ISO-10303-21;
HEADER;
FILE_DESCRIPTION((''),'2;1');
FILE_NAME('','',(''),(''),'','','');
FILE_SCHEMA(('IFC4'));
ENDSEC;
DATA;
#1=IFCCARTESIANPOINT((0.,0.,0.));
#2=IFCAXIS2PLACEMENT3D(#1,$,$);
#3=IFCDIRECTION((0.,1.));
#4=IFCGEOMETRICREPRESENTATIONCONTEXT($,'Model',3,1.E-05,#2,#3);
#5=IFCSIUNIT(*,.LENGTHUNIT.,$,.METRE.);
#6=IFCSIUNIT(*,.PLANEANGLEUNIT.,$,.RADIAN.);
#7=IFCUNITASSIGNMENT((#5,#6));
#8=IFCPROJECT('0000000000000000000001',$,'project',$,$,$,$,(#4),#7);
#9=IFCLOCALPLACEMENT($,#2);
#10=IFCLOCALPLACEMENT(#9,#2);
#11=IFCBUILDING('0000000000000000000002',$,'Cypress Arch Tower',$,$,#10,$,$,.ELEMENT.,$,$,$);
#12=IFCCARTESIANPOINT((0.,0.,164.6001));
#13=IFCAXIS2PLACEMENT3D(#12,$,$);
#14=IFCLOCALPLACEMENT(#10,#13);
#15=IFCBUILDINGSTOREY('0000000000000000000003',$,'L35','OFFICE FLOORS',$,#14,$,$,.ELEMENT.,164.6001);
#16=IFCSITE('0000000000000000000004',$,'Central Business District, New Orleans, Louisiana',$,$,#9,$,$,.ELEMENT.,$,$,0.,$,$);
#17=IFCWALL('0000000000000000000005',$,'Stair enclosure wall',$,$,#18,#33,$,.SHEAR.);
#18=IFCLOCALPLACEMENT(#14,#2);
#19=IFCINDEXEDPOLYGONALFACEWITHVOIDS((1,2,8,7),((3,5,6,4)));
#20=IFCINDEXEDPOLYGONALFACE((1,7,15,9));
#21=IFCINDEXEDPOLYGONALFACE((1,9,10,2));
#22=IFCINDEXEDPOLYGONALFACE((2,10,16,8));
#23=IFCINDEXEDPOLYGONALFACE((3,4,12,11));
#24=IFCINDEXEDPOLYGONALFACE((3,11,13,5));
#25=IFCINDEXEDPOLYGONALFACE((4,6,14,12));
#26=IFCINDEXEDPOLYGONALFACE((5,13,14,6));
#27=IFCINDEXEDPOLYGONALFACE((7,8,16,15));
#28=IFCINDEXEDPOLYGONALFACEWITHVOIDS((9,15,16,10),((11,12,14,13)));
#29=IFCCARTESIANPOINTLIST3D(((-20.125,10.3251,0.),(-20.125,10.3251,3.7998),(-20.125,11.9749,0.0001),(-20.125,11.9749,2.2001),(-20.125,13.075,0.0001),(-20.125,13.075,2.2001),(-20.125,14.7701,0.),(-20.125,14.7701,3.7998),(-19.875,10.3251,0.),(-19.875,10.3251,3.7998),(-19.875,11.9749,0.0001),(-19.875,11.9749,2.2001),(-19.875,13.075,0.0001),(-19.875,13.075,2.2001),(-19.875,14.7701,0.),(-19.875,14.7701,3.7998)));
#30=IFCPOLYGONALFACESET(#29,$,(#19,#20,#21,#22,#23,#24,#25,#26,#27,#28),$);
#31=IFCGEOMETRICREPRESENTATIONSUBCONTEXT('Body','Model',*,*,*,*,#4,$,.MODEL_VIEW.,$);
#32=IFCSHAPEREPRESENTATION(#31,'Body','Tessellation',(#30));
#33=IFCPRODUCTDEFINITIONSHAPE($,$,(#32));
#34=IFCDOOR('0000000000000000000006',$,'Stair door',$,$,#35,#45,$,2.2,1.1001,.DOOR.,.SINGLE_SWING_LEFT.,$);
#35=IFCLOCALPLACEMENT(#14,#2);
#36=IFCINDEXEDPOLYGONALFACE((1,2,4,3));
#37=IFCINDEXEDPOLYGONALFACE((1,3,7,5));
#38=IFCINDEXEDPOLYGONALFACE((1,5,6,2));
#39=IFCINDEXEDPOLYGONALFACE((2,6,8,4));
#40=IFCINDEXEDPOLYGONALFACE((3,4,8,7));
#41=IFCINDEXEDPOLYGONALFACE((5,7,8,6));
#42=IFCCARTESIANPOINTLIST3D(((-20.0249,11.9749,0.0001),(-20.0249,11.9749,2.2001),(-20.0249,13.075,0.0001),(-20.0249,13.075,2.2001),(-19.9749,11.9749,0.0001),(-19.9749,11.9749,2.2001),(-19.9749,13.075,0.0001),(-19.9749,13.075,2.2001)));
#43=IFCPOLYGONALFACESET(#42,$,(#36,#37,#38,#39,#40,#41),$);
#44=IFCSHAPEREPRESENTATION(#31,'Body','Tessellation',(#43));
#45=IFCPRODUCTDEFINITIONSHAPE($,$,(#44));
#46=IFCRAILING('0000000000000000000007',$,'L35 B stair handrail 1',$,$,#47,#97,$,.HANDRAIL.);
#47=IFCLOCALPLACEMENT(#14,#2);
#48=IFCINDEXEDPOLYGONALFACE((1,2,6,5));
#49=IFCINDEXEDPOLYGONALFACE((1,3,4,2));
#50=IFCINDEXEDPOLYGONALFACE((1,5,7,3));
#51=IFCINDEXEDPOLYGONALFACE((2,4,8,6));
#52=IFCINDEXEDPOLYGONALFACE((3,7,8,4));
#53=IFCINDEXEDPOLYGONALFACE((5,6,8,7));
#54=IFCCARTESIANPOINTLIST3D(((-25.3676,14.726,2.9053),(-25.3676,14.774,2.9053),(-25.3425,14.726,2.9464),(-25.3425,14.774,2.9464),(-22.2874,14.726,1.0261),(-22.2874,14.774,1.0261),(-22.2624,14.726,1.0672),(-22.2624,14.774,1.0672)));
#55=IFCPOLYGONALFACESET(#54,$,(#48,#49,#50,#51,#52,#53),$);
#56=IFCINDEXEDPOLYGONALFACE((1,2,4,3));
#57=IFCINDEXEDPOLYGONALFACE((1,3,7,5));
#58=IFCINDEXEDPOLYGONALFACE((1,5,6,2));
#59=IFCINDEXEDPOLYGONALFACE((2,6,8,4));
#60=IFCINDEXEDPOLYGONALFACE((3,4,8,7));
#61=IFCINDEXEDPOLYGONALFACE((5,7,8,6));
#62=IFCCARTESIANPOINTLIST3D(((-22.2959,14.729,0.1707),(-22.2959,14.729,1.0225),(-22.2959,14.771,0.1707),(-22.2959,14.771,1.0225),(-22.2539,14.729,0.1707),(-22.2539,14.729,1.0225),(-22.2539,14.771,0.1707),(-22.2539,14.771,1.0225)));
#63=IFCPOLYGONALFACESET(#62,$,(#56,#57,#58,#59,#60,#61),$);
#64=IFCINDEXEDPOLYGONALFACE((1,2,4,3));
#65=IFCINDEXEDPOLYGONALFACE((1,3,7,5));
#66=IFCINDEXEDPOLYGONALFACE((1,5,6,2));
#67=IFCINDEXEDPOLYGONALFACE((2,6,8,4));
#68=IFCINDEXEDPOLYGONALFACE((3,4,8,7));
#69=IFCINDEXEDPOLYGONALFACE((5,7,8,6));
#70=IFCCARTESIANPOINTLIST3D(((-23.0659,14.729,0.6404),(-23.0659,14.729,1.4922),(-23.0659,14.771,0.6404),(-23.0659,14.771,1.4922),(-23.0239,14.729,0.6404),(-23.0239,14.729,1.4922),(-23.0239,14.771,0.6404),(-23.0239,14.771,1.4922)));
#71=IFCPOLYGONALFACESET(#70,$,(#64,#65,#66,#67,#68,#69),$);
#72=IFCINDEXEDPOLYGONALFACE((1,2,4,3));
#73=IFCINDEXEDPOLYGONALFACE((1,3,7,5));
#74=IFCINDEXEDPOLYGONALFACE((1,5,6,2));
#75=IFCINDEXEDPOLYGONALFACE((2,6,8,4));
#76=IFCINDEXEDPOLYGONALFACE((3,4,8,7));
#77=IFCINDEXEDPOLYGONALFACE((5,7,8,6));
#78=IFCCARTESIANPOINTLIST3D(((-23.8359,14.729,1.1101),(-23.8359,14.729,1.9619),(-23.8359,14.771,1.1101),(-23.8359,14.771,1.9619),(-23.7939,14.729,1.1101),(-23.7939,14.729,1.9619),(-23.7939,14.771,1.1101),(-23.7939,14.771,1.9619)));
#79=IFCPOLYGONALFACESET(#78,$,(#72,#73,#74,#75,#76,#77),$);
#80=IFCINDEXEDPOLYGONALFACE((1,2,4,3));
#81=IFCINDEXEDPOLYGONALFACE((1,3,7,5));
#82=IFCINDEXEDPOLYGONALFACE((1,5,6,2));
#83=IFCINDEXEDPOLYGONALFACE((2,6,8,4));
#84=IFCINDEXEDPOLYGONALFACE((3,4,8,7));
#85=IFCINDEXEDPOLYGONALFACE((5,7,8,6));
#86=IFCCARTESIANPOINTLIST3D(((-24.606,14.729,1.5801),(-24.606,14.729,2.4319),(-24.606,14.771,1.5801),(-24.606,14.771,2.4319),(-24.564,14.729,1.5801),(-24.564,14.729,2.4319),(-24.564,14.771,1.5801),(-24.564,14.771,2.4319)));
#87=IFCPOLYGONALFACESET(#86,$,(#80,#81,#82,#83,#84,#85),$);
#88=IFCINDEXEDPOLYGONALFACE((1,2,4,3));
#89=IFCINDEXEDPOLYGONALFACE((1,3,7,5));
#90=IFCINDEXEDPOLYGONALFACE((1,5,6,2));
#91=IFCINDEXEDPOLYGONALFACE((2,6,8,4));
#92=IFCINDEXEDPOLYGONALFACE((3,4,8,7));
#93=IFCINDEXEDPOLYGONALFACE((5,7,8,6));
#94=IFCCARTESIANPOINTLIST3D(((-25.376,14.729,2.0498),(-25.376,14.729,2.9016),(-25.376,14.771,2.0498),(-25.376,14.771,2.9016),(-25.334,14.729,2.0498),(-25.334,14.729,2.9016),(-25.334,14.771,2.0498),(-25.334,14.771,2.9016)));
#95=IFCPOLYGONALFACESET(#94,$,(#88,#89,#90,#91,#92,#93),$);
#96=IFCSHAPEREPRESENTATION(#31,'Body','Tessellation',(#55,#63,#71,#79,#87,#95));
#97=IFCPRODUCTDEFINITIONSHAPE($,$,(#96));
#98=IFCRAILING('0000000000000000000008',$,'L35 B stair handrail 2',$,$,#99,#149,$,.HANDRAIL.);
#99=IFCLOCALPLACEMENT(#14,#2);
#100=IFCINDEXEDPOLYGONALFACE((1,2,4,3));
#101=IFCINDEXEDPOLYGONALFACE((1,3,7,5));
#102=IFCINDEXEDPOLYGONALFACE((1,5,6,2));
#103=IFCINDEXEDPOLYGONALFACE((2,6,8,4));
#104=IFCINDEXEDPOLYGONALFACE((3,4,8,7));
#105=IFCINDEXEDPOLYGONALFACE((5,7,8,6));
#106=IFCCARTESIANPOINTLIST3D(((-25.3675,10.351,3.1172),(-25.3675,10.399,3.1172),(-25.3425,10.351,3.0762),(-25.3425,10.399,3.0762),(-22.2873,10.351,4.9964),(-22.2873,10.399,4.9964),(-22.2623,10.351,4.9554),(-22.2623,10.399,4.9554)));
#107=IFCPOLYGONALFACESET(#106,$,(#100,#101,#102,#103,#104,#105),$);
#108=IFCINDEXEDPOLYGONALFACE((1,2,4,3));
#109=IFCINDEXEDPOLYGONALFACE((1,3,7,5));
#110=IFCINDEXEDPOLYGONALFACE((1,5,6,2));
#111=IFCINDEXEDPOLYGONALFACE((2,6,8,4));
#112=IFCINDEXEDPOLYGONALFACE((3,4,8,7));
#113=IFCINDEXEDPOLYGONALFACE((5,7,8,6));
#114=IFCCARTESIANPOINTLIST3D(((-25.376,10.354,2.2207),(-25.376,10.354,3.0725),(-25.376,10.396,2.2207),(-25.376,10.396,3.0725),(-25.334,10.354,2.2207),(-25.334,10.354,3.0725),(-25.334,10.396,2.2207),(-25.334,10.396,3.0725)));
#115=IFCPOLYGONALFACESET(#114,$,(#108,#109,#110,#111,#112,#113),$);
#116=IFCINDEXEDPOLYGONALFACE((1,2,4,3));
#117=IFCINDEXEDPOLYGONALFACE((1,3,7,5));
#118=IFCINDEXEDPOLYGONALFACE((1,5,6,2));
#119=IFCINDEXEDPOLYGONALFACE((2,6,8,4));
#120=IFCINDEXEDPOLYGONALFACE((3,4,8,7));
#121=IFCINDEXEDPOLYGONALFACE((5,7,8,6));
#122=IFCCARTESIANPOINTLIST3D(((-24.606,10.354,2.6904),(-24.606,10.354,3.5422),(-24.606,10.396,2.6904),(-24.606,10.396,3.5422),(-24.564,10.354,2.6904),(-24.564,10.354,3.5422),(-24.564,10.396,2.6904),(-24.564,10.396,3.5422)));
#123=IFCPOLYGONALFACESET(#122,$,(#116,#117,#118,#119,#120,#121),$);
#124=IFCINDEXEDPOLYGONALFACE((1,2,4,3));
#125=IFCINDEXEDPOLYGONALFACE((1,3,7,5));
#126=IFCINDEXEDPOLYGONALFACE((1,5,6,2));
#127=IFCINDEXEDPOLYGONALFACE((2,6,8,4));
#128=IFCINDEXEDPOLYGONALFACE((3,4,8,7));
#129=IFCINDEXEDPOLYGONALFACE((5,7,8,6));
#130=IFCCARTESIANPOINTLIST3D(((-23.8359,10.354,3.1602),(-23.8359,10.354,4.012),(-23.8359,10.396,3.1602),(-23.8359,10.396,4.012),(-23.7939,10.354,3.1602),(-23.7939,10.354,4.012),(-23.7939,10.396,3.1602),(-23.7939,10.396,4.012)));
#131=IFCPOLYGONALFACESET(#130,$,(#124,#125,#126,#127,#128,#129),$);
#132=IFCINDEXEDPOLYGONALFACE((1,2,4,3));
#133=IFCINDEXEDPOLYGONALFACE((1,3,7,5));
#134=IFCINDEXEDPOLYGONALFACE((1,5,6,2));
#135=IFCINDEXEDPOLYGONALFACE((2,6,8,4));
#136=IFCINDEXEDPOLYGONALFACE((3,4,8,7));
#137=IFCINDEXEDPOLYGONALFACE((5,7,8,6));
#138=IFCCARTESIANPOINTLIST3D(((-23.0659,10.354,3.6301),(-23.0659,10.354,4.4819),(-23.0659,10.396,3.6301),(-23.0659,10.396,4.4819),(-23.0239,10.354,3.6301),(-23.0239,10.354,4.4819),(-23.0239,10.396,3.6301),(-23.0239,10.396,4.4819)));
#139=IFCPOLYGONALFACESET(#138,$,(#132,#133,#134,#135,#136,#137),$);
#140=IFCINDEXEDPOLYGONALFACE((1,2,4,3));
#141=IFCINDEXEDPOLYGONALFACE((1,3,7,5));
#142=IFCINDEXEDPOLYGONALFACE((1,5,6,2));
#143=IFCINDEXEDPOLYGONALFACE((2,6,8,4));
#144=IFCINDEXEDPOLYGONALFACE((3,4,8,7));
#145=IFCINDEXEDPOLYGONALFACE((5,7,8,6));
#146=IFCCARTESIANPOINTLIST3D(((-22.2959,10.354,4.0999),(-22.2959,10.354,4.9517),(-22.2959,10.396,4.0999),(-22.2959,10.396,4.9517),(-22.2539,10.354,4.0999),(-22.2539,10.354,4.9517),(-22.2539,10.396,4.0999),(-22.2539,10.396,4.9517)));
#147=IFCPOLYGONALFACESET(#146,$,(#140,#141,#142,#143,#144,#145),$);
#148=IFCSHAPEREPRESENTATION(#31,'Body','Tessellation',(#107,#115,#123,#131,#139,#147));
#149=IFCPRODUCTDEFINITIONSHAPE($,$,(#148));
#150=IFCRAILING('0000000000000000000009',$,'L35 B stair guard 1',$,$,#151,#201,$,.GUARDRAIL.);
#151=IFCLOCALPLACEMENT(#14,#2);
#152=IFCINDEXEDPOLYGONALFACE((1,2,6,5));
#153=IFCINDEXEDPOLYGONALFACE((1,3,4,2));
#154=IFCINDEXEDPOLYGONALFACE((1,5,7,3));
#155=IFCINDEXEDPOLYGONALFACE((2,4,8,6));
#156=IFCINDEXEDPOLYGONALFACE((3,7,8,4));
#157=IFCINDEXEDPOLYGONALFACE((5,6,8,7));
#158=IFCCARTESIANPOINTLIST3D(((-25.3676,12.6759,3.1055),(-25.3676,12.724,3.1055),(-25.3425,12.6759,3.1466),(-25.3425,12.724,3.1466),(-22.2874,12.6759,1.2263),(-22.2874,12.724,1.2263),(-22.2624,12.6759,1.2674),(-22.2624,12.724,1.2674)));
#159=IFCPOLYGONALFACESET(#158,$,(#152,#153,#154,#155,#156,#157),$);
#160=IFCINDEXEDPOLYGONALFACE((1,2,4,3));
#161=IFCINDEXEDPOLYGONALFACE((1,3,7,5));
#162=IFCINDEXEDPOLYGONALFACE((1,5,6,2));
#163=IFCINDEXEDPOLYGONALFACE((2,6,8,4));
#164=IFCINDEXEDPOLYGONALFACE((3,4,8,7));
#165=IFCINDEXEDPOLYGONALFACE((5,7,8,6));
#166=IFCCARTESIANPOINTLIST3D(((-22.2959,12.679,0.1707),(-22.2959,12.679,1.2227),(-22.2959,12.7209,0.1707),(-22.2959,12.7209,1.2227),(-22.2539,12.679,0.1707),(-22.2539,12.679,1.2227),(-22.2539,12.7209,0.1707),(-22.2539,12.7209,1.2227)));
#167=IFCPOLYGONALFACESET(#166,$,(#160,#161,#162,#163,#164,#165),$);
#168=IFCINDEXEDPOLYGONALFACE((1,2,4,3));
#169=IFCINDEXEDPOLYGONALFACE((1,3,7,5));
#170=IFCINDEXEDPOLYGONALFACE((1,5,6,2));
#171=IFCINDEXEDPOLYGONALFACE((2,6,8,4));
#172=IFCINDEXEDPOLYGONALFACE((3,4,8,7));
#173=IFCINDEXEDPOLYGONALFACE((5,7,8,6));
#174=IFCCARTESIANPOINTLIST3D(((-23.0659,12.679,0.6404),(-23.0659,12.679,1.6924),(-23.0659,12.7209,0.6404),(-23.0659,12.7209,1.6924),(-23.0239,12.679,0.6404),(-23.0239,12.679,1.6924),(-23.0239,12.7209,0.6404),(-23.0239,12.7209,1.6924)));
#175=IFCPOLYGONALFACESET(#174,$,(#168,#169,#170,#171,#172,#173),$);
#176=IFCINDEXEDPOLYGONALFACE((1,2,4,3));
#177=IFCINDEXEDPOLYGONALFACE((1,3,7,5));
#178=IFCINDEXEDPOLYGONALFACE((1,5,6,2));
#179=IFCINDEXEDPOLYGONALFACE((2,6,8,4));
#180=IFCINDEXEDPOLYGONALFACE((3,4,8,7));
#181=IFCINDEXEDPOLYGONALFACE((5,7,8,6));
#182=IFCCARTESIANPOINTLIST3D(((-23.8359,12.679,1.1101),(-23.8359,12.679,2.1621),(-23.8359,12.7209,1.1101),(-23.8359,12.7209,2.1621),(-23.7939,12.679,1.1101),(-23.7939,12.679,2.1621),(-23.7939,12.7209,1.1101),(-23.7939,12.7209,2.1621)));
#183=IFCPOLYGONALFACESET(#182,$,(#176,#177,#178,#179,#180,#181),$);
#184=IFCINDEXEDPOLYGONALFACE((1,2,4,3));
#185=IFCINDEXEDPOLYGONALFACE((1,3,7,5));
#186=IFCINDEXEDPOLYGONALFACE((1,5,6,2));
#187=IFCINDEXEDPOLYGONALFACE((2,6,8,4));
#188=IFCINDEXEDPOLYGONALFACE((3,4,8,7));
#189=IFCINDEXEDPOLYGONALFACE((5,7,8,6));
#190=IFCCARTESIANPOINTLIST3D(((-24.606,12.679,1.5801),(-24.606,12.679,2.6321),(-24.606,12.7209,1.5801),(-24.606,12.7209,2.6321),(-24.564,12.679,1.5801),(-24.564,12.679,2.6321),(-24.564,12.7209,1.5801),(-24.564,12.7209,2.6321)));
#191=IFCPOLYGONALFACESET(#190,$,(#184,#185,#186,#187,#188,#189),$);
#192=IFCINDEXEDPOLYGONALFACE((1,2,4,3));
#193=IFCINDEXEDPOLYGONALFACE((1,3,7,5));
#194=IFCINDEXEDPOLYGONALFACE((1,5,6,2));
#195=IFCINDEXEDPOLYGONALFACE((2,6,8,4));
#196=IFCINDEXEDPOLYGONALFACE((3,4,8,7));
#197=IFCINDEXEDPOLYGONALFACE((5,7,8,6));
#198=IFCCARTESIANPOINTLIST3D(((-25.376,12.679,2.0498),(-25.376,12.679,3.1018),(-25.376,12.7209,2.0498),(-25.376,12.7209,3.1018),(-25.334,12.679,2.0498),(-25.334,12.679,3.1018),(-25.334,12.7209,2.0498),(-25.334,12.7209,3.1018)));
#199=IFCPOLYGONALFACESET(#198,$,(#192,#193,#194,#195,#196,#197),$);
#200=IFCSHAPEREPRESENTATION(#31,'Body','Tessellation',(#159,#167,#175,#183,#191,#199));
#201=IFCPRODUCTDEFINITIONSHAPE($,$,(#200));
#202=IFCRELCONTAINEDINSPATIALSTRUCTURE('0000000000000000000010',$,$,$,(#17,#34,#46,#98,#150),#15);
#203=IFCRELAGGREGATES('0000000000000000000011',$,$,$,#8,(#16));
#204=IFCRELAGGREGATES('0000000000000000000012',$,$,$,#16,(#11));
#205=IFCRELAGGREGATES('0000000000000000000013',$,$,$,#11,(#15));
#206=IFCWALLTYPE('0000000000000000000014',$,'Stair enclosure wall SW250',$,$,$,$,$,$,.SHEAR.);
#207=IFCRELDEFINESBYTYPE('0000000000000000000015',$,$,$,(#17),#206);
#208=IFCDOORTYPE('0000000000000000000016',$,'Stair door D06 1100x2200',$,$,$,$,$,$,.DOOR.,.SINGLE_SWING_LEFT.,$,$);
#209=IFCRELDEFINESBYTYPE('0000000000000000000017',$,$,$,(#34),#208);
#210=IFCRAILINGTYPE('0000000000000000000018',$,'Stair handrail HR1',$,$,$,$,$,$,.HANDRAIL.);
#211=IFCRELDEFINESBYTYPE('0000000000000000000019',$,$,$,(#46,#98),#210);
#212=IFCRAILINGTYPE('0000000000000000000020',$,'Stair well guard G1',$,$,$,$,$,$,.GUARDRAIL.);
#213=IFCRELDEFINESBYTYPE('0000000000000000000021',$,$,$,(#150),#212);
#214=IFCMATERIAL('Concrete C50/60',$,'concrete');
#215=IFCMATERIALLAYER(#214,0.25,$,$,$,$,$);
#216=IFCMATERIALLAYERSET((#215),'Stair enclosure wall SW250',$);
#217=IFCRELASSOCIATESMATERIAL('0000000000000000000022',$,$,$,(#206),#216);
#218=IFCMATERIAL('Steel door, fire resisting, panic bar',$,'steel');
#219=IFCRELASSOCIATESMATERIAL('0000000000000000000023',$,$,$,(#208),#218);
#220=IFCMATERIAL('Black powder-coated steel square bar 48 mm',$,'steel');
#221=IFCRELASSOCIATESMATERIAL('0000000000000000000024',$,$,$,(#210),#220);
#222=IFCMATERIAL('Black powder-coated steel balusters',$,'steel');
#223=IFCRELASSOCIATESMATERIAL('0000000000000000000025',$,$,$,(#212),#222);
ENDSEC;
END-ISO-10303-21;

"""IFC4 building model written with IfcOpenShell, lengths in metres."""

from ifc_helpers import new_model, si_unit, direction, frame, frame_2d, origin, origin_2d, place, context, subcontext, project, spatial, rectangle, extrude, material, layer, layer_set, type_object, element, fill, save


model = new_model("IFC4")

# Units and contexts
model_context = context("Model", 3, precision=1e-05, world=origin(), true_north=direction((0.0, 1.0)))
body_context = subcontext(model_context, "Body", "Model", "MODEL_VIEW")
ifc_project = project(units=[si_unit("LENGTHUNIT", "METRE"), si_unit("PLANEANGLEUNIT", "RADIAN")], contexts=[model_context])

# Site, building, storey
site_placement = place(None, origin())
site = spatial("IfcSite", under=ifc_project, at=site_placement, Name="Central Business District, New Orleans, Louisiana", CompositionType="ELEMENT", RefElevation=0.0)
building_placement = place(site_placement, origin())
building = spatial("IfcBuilding", under=site, at=building_placement, Name="Cypress Arch Tower", CompositionType="ELEMENT")
storey_placement = place(building_placement, frame((0.0, 0.0, 164.6001)))
storey = spatial("IfcBuildingStorey", under=building, at=storey_placement, Name="L35", Description="OFFICE FLOORS", CompositionType="ELEMENT", Elevation=164.6001)

# Shared definitions
ifc_material_1 = material(Name="Concrete C50/60", Category="concrete")
ifc_layer_1 = layer(ifc_material_1, 0.25)
ifc_layer_set_1 = layer_set([ifc_layer_1], Name="Stair enclosure wall SW250")
wall_type_1 = type_object("IfcWallType", Name="Stair enclosure wall SW250", PredefinedType="SHEAR", material=ifc_layer_set_1)

# Wall, opening, door
wall_1_placement = place(storey_placement, frame((-20.0, 10.325, 0.0), z_axis=(0.0, 0.0, 1.0), x_axis=(0.0, 1.0, 0.0)))
wall_1 = element("IfcWall", 1, at=wall_1_placement, inside=storey, type_object=wall_type_1, Name="Stair enclosure wall", PredefinedType="SHEAR", context=body_context, shape_type="SweptSolid", body=[
    extrude(rectangle(XDim=4.4451, YDim=0.25, at=frame_2d((2.2227, 0.0))), origin(), (0.0, 0.0, 1.0), 3.7998),
])
opening_1_placement = place(wall_1_placement, frame((1.6499, 0.0, 0.0)))
opening_1 = element("IfcOpeningElement", 2, at=opening_1_placement, cuts=wall_1, PredefinedType="OPENING", context=body_context, shape_type="SweptSolid", body=[
    extrude(rectangle(XDim=1.1001, YDim=2.2, at=frame_2d((0.55, 1.1001))), frame((0.0, 0.135, 0.0), z_axis=(0.0, -1.0, 0.0), x_axis=(1.0, 0.0, 0.0)), (0.0, 0.0, 1.0), 0.27),
])
ifc_material_2 = material(Name="Steel door, fire resisting, panic bar", Category="steel")
door_type_1 = type_object("IfcDoorType", Name="Stair door D06 1100x2200", OperationType="SINGLE_SWING_LEFT", PredefinedType="DOOR", material=ifc_material_2)
door_1_placement = place(opening_1_placement, origin())
door_1 = element("IfcDoor", 3, at=door_1_placement, inside=storey, type_object=door_type_1, Name="Stair door", OperationType="SINGLE_SWING_LEFT", OverallHeight=2.2, OverallWidth=1.1001, PredefinedType="DOOR", context=body_context, shape_type="SweptSolid", body=[
    extrude(rectangle(XDim=1.1001, YDim=2.2, at=frame_2d((0.55, 1.1001))), frame((0.0, 0.0249, 0.0), z_axis=(0.0, -1.0, 0.0), x_axis=(1.0, 0.0, 0.0)), (0.0, 0.0, 1.0), 0.05),
])
fill(opening_1, door_1)

# Railings
ifc_material_3 = material(Name="Black powder-coated steel square bar 48 mm", Category="steel")
railing_type_1 = type_object("IfcRailingType", Name="Stair handrail HR1", PredefinedType="HANDRAIL", material=ifc_material_3)
railing_1_placement = place(storey_placement, frame((-22.2749, 14.75, 0.1707)))
element("IfcRailing", 4, at=railing_1_placement, inside=storey, type_object=railing_type_1, Name="L35 B stair handrail 1", PredefinedType="HANDRAIL", context=body_context, shape_type="SweptSolid", body=[
    extrude(rectangle(XDim=0.0481, YDim=0.0481, at=origin_2d()), frame((0.0, 0.0, 0.876), z_axis=(-0.853666, 0.0, 0.52082), x_axis=(0.0, -1.0, 0.0)), (0.0, 0.0, 1.0), 3.6082),
    extrude(rectangle(XDim=0.042, YDim=0.042, at=origin_2d()), origin(), (0.0, 0.0, 1.0), 0.8518),
    extrude(rectangle(XDim=0.042, YDim=0.042, at=origin_2d()), frame((-0.77, 0.0, 0.4697)), (0.0, 0.0, 1.0), 0.8518),
    extrude(rectangle(XDim=0.042, YDim=0.042, at=origin_2d()), frame((-1.54, 0.0, 0.9395)), (0.0, 0.0, 1.0), 0.8518),
    extrude(rectangle(XDim=0.042, YDim=0.042, at=origin_2d()), frame((-2.3101, 0.0, 1.4094)), (0.0, 0.0, 1.0), 0.8518),
    extrude(rectangle(XDim=0.042, YDim=0.042, at=origin_2d()), frame((-3.0801, 0.0, 1.8792)), (0.0, 0.0, 1.0), 0.8518),
])
railing_2_placement = place(storey_placement, frame((-25.355, 10.375, 2.2207)))
element("IfcRailing", 5, at=railing_2_placement, inside=storey, type_object=railing_type_1, Name="L35 B stair handrail 2", PredefinedType="HANDRAIL", context=body_context, shape_type="SweptSolid", body=[
    extrude(rectangle(XDim=0.0481, YDim=0.0481, at=origin_2d()), frame((0.0, 0.0, 0.876), z_axis=(0.853666, 0.0, 0.52082), x_axis=(0.0, 1.0, 0.0)), (0.0, 0.0, 1.0), 3.6082),
    extrude(rectangle(XDim=0.042, YDim=0.042, at=origin_2d()), origin(), (0.0, 0.0, 1.0), 0.8518),
    extrude(rectangle(XDim=0.042, YDim=0.042, at=origin_2d()), frame((0.77, 0.0, 0.4697)), (0.0, 0.0, 1.0), 0.8518),
    extrude(rectangle(XDim=0.042, YDim=0.042, at=origin_2d()), frame((1.54, 0.0, 0.9395)), (0.0, 0.0, 1.0), 0.8518),
    extrude(rectangle(XDim=0.042, YDim=0.042, at=origin_2d()), frame((2.3101, 0.0, 1.4094)), (0.0, 0.0, 1.0), 0.8518),
    extrude(rectangle(XDim=0.042, YDim=0.042, at=origin_2d()), frame((3.0801, 0.0, 1.8792)), (0.0, 0.0, 1.0), 0.8518),
])
ifc_material_4 = material(Name="Black powder-coated steel balusters", Category="steel")
railing_type_2 = type_object("IfcRailingType", Name="Stair well guard G1", PredefinedType="GUARDRAIL", material=ifc_material_4)
railing_3_placement = place(storey_placement, frame((-22.2749, 12.7, 0.1707)))
element("IfcRailing", 6, at=railing_3_placement, inside=storey, type_object=railing_type_2, Name="L35 B stair guard 1", PredefinedType="GUARDRAIL", context=body_context, shape_type="SweptSolid", body=[
    extrude(rectangle(XDim=0.0481, YDim=0.0481, at=origin_2d()), frame((0.0, 0.0, 1.0762), z_axis=(-0.853666, 0.0, 0.52082), x_axis=(0.0, -1.0, 0.0)), (0.0, 0.0, 1.0), 3.6082),
    extrude(rectangle(XDim=0.042, YDim=0.042, at=origin_2d()), origin(), (0.0, 0.0, 1.0), 1.052),
    extrude(rectangle(XDim=0.042, YDim=0.042, at=origin_2d()), frame((-0.77, 0.0, 0.4697)), (0.0, 0.0, 1.0), 1.052),
    extrude(rectangle(XDim=0.042, YDim=0.042, at=origin_2d()), frame((-1.54, 0.0, 0.9395)), (0.0, 0.0, 1.0), 1.052),
    extrude(rectangle(XDim=0.042, YDim=0.042, at=origin_2d()), frame((-2.3101, 0.0, 1.4094)), (0.0, 0.0, 1.0), 1.052),
    extrude(rectangle(XDim=0.042, YDim=0.042, at=origin_2d()), frame((-3.0801, 0.0, 1.8792)), (0.0, 0.0, 1.0), 1.052),
])

save(model, "model.ifc")
